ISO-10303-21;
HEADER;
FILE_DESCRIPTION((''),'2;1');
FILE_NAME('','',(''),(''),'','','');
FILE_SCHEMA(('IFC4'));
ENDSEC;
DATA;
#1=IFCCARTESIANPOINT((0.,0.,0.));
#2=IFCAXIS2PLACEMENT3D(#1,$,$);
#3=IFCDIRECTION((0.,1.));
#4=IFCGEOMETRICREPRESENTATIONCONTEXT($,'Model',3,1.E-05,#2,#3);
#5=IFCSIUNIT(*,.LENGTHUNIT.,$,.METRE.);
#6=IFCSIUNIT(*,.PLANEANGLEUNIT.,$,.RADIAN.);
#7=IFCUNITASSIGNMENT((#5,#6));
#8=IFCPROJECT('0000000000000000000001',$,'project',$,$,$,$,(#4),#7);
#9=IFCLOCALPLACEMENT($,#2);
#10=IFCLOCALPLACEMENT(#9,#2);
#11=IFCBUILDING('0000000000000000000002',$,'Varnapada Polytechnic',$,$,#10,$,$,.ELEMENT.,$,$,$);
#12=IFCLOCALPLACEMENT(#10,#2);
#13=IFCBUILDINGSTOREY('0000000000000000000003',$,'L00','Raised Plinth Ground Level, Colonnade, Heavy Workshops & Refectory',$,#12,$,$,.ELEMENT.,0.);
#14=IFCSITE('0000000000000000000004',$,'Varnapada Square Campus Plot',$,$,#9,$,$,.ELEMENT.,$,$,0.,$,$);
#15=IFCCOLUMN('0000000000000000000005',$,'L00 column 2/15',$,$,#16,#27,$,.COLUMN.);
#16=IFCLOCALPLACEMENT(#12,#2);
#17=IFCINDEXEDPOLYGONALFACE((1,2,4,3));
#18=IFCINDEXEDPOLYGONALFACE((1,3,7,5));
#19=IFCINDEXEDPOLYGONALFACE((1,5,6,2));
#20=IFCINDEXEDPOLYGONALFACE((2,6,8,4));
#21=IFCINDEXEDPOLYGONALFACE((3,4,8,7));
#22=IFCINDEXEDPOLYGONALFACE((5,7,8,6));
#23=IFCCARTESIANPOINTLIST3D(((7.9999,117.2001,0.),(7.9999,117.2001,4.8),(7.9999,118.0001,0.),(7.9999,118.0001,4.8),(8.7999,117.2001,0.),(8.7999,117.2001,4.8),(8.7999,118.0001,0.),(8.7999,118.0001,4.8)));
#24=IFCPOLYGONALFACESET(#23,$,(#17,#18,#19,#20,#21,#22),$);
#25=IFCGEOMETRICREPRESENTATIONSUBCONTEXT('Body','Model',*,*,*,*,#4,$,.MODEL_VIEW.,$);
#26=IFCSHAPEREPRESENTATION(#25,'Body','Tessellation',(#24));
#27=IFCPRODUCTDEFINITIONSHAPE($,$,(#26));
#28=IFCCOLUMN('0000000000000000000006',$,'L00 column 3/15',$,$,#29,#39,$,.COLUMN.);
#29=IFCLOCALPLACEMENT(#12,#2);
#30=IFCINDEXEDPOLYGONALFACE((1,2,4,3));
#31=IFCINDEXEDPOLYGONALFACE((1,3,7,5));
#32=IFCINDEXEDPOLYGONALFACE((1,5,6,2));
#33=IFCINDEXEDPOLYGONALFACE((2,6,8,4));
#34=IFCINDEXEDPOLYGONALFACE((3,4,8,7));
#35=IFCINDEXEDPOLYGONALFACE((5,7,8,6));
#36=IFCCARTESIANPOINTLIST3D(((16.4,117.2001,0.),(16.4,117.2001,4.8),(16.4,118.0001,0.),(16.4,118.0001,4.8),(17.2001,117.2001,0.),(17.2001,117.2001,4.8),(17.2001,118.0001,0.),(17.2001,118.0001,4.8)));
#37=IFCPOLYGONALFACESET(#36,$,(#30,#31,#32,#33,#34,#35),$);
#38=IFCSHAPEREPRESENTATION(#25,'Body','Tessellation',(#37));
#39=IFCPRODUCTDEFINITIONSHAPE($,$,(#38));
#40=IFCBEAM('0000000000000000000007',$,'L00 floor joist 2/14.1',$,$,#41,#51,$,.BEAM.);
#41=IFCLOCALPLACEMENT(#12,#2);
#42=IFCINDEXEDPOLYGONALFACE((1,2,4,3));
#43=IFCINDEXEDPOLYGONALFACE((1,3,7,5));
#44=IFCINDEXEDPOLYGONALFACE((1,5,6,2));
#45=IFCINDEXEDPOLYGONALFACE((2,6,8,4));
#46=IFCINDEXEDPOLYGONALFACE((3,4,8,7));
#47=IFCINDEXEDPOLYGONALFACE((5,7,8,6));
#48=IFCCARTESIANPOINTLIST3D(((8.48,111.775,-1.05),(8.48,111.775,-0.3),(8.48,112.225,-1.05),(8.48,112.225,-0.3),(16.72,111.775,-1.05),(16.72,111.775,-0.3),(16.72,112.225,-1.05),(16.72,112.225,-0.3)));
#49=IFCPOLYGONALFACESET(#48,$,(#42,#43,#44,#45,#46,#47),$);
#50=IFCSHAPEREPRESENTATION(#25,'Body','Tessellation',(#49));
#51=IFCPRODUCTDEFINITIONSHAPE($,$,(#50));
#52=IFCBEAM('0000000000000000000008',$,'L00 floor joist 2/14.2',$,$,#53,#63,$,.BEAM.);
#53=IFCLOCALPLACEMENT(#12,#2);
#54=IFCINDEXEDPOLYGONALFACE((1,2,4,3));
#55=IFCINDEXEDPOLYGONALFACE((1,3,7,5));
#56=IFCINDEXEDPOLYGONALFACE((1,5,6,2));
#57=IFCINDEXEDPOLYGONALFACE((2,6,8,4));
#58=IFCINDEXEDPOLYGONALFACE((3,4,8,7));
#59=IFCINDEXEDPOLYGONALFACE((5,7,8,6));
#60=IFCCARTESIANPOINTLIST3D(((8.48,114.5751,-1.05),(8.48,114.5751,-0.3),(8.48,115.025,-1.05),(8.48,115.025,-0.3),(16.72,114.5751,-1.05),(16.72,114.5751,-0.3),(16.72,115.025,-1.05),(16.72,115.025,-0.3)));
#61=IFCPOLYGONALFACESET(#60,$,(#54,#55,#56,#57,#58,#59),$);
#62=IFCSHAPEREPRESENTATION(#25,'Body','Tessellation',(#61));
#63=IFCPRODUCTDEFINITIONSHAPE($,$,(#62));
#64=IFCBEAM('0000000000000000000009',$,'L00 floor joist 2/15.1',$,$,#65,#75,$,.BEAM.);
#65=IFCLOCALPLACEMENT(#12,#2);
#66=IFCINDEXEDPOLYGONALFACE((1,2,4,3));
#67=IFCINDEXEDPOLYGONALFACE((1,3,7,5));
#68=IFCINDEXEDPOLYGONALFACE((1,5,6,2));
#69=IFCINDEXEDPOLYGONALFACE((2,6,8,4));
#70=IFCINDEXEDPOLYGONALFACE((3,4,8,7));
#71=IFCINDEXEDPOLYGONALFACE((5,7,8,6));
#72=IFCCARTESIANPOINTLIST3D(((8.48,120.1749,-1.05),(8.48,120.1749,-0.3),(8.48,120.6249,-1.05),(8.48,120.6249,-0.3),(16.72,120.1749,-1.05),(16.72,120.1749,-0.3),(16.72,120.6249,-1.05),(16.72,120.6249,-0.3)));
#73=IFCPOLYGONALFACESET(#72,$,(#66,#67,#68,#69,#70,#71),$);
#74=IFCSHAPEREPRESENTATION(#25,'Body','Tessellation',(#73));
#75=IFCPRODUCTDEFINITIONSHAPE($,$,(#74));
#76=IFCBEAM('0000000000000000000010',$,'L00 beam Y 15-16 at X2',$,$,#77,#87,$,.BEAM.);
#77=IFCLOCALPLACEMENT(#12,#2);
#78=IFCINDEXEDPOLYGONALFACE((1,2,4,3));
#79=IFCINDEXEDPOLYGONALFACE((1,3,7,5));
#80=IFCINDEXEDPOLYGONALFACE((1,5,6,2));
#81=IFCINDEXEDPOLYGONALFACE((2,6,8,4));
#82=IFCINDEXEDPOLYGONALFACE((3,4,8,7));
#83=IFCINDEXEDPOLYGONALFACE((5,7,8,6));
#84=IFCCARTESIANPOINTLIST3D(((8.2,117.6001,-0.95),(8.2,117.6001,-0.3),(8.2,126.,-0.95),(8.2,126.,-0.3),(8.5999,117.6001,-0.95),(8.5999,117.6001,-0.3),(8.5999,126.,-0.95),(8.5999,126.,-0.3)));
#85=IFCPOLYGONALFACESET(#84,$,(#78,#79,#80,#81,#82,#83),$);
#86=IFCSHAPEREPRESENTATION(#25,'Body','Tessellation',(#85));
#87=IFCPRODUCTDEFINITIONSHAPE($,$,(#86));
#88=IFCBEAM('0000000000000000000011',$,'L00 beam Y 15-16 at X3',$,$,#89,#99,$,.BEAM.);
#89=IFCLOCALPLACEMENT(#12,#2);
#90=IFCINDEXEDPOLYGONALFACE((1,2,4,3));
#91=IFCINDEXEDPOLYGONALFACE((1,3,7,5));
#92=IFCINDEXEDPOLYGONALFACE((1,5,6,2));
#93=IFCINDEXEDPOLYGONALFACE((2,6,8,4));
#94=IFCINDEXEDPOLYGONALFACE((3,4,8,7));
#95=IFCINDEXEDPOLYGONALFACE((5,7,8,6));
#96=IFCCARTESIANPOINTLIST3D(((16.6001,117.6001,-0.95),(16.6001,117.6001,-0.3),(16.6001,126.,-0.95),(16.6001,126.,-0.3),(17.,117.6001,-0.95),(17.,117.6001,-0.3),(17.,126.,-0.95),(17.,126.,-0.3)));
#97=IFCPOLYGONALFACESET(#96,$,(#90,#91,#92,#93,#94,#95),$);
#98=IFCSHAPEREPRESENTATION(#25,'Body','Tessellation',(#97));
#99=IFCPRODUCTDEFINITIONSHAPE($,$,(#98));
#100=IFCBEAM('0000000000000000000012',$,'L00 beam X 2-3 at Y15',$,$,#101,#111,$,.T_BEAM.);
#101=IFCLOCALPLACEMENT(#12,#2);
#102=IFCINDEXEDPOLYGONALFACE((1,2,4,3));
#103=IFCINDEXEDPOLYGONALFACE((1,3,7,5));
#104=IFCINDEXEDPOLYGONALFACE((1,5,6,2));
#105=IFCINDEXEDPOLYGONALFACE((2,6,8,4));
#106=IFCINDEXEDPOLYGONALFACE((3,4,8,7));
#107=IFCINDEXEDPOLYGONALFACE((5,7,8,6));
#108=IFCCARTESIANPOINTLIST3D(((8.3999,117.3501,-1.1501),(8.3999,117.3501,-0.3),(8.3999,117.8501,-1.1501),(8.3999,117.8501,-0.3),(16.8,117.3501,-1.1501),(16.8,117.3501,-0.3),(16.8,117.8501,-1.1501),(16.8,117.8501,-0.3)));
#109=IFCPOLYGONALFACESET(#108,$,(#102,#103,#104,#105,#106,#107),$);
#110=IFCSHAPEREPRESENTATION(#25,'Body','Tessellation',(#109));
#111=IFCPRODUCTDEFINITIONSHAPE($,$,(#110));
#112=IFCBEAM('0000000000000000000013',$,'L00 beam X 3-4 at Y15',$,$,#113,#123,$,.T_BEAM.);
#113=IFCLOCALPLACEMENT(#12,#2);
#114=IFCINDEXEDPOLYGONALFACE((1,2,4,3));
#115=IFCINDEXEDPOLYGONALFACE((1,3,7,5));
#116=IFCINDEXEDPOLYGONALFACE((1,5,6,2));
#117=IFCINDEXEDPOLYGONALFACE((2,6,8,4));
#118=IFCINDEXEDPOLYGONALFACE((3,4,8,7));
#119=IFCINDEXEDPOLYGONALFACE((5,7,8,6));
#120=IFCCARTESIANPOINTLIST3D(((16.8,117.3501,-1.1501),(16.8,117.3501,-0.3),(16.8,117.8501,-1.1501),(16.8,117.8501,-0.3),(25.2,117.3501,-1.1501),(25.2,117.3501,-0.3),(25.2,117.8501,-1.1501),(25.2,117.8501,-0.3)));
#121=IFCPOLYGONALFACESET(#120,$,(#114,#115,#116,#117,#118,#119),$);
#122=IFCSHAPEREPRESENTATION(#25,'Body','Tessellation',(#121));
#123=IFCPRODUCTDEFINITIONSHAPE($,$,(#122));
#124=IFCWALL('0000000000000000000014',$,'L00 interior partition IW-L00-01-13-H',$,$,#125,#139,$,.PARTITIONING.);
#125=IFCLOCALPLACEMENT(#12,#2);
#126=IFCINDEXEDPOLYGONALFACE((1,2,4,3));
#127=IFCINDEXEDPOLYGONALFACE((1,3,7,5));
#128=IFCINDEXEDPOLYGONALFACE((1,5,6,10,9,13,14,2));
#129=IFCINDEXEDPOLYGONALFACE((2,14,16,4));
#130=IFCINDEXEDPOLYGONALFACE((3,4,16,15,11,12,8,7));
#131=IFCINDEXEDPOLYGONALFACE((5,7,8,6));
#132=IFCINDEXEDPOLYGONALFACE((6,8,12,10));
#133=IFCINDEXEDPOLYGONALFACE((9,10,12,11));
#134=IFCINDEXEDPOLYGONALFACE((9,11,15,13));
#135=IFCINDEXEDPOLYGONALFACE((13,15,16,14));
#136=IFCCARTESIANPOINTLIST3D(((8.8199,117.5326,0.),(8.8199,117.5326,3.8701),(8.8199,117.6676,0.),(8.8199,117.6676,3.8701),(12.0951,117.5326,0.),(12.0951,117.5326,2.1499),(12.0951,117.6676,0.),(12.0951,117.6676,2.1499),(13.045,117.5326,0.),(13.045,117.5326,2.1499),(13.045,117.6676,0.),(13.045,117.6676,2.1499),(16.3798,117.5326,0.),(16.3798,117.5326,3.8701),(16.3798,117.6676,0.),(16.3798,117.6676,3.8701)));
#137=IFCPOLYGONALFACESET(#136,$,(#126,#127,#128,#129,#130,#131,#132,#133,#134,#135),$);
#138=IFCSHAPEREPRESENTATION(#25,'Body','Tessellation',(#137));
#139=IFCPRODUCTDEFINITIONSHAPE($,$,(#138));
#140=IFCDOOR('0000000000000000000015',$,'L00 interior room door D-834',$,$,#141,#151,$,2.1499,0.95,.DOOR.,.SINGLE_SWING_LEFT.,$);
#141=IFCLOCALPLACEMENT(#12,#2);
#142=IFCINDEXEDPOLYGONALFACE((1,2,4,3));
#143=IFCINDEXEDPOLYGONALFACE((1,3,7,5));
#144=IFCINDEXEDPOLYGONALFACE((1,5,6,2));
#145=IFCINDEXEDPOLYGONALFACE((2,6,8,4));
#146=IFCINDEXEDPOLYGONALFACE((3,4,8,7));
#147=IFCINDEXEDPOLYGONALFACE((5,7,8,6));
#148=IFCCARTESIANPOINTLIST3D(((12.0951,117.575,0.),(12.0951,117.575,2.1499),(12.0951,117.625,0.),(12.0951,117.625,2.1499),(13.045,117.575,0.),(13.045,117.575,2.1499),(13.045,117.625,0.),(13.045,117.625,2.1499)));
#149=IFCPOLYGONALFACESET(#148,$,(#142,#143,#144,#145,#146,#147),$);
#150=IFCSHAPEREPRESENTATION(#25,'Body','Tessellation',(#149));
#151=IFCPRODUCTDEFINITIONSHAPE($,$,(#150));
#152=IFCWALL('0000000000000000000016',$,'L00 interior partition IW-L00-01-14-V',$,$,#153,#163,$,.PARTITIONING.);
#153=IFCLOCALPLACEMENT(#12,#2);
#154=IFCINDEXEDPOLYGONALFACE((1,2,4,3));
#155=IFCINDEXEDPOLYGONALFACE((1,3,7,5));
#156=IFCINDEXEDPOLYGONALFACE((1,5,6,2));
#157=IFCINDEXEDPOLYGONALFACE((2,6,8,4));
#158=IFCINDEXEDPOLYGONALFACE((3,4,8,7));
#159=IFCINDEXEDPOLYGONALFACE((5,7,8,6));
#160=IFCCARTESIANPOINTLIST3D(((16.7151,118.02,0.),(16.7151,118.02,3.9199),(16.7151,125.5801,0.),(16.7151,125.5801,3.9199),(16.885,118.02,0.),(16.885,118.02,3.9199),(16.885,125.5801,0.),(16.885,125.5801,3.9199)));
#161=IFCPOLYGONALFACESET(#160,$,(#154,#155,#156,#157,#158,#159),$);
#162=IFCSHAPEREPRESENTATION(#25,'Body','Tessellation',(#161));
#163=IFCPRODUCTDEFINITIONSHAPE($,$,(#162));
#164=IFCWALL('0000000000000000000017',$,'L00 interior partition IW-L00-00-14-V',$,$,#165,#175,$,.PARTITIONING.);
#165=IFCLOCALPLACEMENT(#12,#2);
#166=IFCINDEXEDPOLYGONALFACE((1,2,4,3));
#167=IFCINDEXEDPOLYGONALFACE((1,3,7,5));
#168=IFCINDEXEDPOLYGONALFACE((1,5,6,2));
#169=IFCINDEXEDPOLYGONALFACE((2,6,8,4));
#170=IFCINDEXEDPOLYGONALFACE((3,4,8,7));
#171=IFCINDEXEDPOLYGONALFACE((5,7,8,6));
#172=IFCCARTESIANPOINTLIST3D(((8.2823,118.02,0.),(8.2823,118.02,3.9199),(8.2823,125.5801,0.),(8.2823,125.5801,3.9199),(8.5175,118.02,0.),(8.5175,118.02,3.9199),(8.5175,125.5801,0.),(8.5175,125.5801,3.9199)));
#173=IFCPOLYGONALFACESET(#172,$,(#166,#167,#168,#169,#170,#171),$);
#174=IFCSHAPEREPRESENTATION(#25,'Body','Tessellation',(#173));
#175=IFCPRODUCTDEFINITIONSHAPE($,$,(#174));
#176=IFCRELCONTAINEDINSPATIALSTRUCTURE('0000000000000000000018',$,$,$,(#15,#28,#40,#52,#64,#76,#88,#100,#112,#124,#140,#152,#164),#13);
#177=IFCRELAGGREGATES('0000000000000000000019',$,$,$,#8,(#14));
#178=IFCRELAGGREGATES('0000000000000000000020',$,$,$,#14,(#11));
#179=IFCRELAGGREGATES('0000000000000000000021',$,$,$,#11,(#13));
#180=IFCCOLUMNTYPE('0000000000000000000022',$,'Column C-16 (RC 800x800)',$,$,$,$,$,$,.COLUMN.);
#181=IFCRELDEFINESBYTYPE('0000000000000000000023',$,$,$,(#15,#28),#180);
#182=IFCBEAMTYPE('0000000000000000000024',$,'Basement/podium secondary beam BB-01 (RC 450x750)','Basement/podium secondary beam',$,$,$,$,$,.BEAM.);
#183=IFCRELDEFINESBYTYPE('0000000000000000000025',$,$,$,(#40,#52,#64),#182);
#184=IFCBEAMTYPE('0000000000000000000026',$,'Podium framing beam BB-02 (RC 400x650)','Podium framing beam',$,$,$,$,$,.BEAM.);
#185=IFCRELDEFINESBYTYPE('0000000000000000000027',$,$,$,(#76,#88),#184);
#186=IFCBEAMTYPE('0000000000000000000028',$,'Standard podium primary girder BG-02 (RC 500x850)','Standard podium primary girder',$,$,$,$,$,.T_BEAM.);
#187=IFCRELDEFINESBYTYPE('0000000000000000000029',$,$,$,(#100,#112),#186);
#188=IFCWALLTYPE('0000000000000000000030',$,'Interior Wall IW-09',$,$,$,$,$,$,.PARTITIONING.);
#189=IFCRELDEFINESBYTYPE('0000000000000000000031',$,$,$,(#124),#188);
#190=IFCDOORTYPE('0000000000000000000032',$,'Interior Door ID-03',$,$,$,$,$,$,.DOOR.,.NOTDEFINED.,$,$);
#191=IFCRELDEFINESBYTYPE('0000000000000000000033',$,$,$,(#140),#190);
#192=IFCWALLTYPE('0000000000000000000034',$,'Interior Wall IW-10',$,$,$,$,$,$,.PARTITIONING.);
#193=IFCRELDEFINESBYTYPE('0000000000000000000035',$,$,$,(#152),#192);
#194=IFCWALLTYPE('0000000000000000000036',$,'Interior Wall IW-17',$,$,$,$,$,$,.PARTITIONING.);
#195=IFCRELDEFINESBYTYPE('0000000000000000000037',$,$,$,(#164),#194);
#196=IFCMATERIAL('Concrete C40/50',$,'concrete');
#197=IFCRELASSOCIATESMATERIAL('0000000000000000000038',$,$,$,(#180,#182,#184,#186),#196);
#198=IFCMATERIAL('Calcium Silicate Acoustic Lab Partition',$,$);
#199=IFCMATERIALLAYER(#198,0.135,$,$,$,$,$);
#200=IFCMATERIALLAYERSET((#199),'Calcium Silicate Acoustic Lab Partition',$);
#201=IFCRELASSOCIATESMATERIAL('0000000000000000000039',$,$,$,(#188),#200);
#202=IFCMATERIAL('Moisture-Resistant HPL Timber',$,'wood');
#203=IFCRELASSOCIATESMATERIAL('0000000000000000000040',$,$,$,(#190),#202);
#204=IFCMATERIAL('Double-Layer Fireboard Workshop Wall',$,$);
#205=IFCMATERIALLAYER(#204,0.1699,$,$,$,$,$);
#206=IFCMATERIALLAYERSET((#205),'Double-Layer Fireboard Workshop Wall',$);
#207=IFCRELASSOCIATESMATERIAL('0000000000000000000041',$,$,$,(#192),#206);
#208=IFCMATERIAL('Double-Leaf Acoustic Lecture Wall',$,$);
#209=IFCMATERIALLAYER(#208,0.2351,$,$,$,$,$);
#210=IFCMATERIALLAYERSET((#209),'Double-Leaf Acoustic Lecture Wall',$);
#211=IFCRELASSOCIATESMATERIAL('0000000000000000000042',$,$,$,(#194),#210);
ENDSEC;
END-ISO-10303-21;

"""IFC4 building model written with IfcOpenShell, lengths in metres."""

from ifc_helpers import new_model, si_unit, direction, frame, frame_2d, origin, origin_2d, place, context, subcontext, project, spatial, rectangle, extrude, material, layer, layer_set, material_profile, profile_set, type_object, element, fill, save


model = new_model("IFC4")

# Units and contexts
model_context = context("Model", 3, precision=1e-05, world=origin(), true_north=direction((0.0, 1.0)))
body_context = subcontext(model_context, "Body", "Model", "MODEL_VIEW")
ifc_project = project(units=[si_unit("LENGTHUNIT", "METRE"), si_unit("PLANEANGLEUNIT", "RADIAN")], contexts=[model_context])

# Site, building, storey
site_placement = place(None, origin())
site = spatial("IfcSite", under=ifc_project, at=site_placement, Name="Varnapada Square Campus Plot", CompositionType="ELEMENT", RefElevation=0.0)
building_placement = place(site_placement, origin())
building = spatial("IfcBuilding", under=site, at=building_placement, Name="Varnapada Polytechnic", CompositionType="ELEMENT")
storey_placement = place(building_placement, origin())
storey = spatial("IfcBuildingStorey", under=building, at=storey_placement, Name="L00", Description="Raised Plinth Ground Level, Colonnade, Heavy Workshops & Refectory", CompositionType="ELEMENT", Elevation=0.0)

# Columns
ifc_material_1 = material(Name="Concrete C40/50", Category="concrete")
ifc_material_profile_1 = material_profile(ifc_material_1, rectangle(XDim=0.8, YDim=0.8, at=origin_2d()), Name="RC 800x800")
ifc_profile_set_1 = profile_set([ifc_material_profile_1], Name="Concrete C40/50")
column_type = type_object("IfcColumnType", Name="Column C-16 (RC 800x800)", PredefinedType="COLUMN", material=ifc_profile_set_1)
for number, where, z_axis, x_axis, name in (
    (1, (8.3999, 117.6001, 0.0), (0.0, 0.0, 1.0), (1.0, 0.0, 0.0), "L00 column 2/15"),
    (2, (16.8, 117.6001, 0.0), (0.0, 0.0, 1.0), (1.0, 0.0, 0.0), "L00 column 3/15"),
):
    element("IfcColumn", number, at=place(storey_placement, frame(where, z_axis=z_axis, x_axis=x_axis)), inside=storey, type_object=column_type, Name=name, PredefinedType="COLUMN", context=body_context, shape_type="SweptSolid", body=[
        extrude(rectangle(XDim=0.8, YDim=0.8, at=origin_2d()), origin(), (0.0, 0.0, 1.0), 4.8),
    ])

# Beams
ifc_material_profile_2 = material_profile(ifc_material_1, rectangle(XDim=0.45, YDim=0.75, at=origin_2d()), Name="RC 450x750")
ifc_profile_set_2 = profile_set([ifc_material_profile_2], Name="Concrete C40/50")
beam_type_1 = type_object("IfcBeamType", Name="Basement/podium secondary beam BB-01 (RC 450x750)", Description="Basement/podium secondary beam", PredefinedType="BEAM", material=ifc_profile_set_2)
for number, where, z_axis, x_axis, name in (
    (3, (8.48, 112.0, -0.675), (1.0, 0.0, 0.0), (0.0, 1.0, 0.0), "L00 floor joist 2/14.1"),
    (4, (8.48, 114.8, -0.675), (1.0, 0.0, 0.0), (0.0, 1.0, 0.0), "L00 floor joist 2/14.2"),
    (5, (8.48, 120.3999, -0.675), (1.0, 0.0, 0.0), (0.0, 1.0, 0.0), "L00 floor joist 2/15.1"),
):
    element("IfcBeam", number, at=place(storey_placement, frame(where, z_axis=z_axis, x_axis=x_axis)), inside=storey, type_object=beam_type_1, Name=name, PredefinedType="BEAM", context=body_context, shape_type="SweptSolid", body=[
        extrude(rectangle(XDim=0.45, YDim=0.75, at=origin_2d()), origin(), (0.0, 0.0, 1.0), 8.24),
    ])
ifc_material_profile_3 = material_profile(ifc_material_1, rectangle(XDim=0.3999, YDim=0.6499, at=origin_2d()), Name="RC 400x650")
ifc_profile_set_3 = profile_set([ifc_material_profile_3], Name="Concrete C40/50")
beam_type_2 = type_object("IfcBeamType", Name="Podium framing beam BB-02 (RC 400x650)", Description="Podium framing beam", PredefinedType="BEAM", material=ifc_profile_set_3)
for number, where, z_axis, x_axis, name in (
    (6, (8.3999, 117.6001, -0.625), (0.0, 1.0, 0.0), (-1.0, 0.0, 0.0), "L00 beam Y 15-16 at X2"),
    (7, (16.8, 117.6001, -0.625), (0.0, 1.0, 0.0), (-1.0, 0.0, 0.0), "L00 beam Y 15-16 at X3"),
):
    element("IfcBeam", number, at=place(storey_placement, frame(where, z_axis=z_axis, x_axis=x_axis)), inside=storey, type_object=beam_type_2, Name=name, PredefinedType="BEAM", context=body_context, shape_type="SweptSolid", body=[
        extrude(rectangle(XDim=0.3999, YDim=0.6499, at=origin_2d()), origin(), (0.0, 0.0, 1.0), 8.3999),
    ])
ifc_material_profile_4 = material_profile(ifc_material_1, rectangle(XDim=0.5, YDim=0.8501, at=origin_2d()), Name="RC 500x850")
ifc_profile_set_4 = profile_set([ifc_material_profile_4], Name="Concrete C40/50")
beam_type_3 = type_object("IfcBeamType", Name="Standard podium primary girder BG-02 (RC 500x850)", Description="Standard podium primary girder", PredefinedType="T_BEAM", material=ifc_profile_set_4)
beam_1_placement = place(storey_placement, frame((8.3999, 117.6001, -0.7251), z_axis=(1.0, 0.0, 0.0), x_axis=(0.0, 1.0, 0.0)))
element("IfcBeam", 8, at=beam_1_placement, inside=storey, type_object=beam_type_3, Name="L00 beam X 2-3 at Y15", PredefinedType="T_BEAM", context=body_context, shape_type="SweptSolid", body=[
    extrude(rectangle(XDim=0.5, YDim=0.8501, at=origin_2d()), origin(), (0.0, 0.0, 1.0), 8.4001),
])
beam_2_placement = place(storey_placement, frame((16.8, 117.6001, -0.7251), z_axis=(1.0, 0.0, 0.0), x_axis=(0.0, 1.0, 0.0)))
element("IfcBeam", 9, at=beam_2_placement, inside=storey, type_object=beam_type_3, Name="L00 beam X 3-4 at Y15", PredefinedType="T_BEAM", context=body_context, shape_type="SweptSolid", body=[
    extrude(rectangle(XDim=0.5, YDim=0.8501, at=origin_2d()), origin(), (0.0, 0.0, 1.0), 8.3999),
])

# Wall, opening, door
ifc_material_2 = material(Name="Calcium Silicate Acoustic Lab Partition")
ifc_layer_1 = layer(ifc_material_2, 0.135)
ifc_layer_set_1 = layer_set([ifc_layer_1], Name="Calcium Silicate Acoustic Lab Partition")
wall_type_1 = type_object("IfcWallType", Name="Interior Wall IW-09", PredefinedType="PARTITIONING", material=ifc_layer_set_1)
wall_1_placement = place(storey_placement, frame((8.8201, 117.6001, 0.0), z_axis=(0.0, 0.0, 1.0), x_axis=(1.0, 0.0, 0.0)))
wall_1 = element("IfcWall", 10, at=wall_1_placement, inside=storey, type_object=wall_type_1, Name="L00 interior partition IW-L00-01-13-H", PredefinedType="PARTITIONING", context=body_context, shape_type="SweptSolid", body=[
    extrude(rectangle(XDim=7.5598, YDim=0.135, at=frame_2d((3.7798, 0.0))), origin(), (0.0, 0.0, 1.0), 3.8701),
])
opening_placement = place(wall_1_placement, frame((3.2749, 0.0, 0.0)))
opening = element("IfcOpeningElement", 11, at=opening_placement, cuts=wall_1, PredefinedType="OPENING", context=body_context, shape_type="SweptSolid", body=[
    extrude(rectangle(XDim=0.95, YDim=2.1499, at=frame_2d((0.4751, 1.075))), frame((0.0, 0.0774, 0.0), z_axis=(0.0, -1.0, 0.0), x_axis=(1.0, 0.0, 0.0)), (0.0, 0.0, 1.0), 0.155),
])
ifc_material_3 = material(Name="Moisture-Resistant HPL Timber", Category="wood")
door_type = type_object("IfcDoorType", Name="Interior Door ID-03", OperationType="NOTDEFINED", PredefinedType="DOOR", material=ifc_material_3)
door_placement = place(opening_placement, origin())
door = element("IfcDoor", 12, at=door_placement, inside=storey, type_object=door_type, Name="L00 interior room door D-834", OperationType="SINGLE_SWING_LEFT", OverallHeight=2.1499, OverallWidth=0.95, PredefinedType="DOOR", context=body_context, shape_type="SweptSolid", body=[
    extrude(rectangle(XDim=0.95, YDim=2.1499, at=frame_2d((0.4751, 1.075))), frame((0.0, 0.0249, 0.0), z_axis=(0.0, -1.0, 0.0), x_axis=(1.0, 0.0, 0.0)), (0.0, 0.0, 1.0), 0.05),
])
fill(opening, door)

# Walls
ifc_material_4 = material(Name="Double-Layer Fireboard Workshop Wall")
ifc_layer_2 = layer(ifc_material_4, 0.1699)
ifc_layer_set_2 = layer_set([ifc_layer_2], Name="Double-Layer Fireboard Workshop Wall")
wall_type_2 = type_object("IfcWallType", Name="Interior Wall IW-10", PredefinedType="PARTITIONING", material=ifc_layer_set_2)
wall_2_placement = place(storey_placement, frame((16.8, 118.02, 0.0), z_axis=(0.0, 0.0, 1.0), x_axis=(0.0, 1.0, 0.0)))
element("IfcWall", 13, at=wall_2_placement, inside=storey, type_object=wall_type_2, Name="L00 interior partition IW-L00-01-14-V", PredefinedType="PARTITIONING", context=body_context, shape_type="SweptSolid", body=[
    extrude(rectangle(XDim=7.5601, YDim=0.1699, at=frame_2d((3.78, 0.0))), origin(), (0.0, 0.0, 1.0), 3.9199),
])
ifc_material_5 = material(Name="Double-Leaf Acoustic Lecture Wall")
ifc_layer_3 = layer(ifc_material_5, 0.2351)
ifc_layer_set_3 = layer_set([ifc_layer_3], Name="Double-Leaf Acoustic Lecture Wall")
wall_type_3 = type_object("IfcWallType", Name="Interior Wall IW-17", PredefinedType="PARTITIONING", material=ifc_layer_set_3)
wall_3_placement = place(storey_placement, frame((8.3999, 118.02, 0.0), z_axis=(0.0, 0.0, 1.0), x_axis=(0.0, 1.0, 0.0)))
element("IfcWall", 14, at=wall_3_placement, inside=storey, type_object=wall_type_3, Name="L00 interior partition IW-L00-00-14-V", PredefinedType="PARTITIONING", context=body_context, shape_type="SweptSolid", body=[
    extrude(rectangle(XDim=7.5601, YDim=0.2351, at=frame_2d((3.78, 0.0))), origin(), (0.0, 0.0, 1.0), 3.9199),
])

save(model, "model.ifc")
